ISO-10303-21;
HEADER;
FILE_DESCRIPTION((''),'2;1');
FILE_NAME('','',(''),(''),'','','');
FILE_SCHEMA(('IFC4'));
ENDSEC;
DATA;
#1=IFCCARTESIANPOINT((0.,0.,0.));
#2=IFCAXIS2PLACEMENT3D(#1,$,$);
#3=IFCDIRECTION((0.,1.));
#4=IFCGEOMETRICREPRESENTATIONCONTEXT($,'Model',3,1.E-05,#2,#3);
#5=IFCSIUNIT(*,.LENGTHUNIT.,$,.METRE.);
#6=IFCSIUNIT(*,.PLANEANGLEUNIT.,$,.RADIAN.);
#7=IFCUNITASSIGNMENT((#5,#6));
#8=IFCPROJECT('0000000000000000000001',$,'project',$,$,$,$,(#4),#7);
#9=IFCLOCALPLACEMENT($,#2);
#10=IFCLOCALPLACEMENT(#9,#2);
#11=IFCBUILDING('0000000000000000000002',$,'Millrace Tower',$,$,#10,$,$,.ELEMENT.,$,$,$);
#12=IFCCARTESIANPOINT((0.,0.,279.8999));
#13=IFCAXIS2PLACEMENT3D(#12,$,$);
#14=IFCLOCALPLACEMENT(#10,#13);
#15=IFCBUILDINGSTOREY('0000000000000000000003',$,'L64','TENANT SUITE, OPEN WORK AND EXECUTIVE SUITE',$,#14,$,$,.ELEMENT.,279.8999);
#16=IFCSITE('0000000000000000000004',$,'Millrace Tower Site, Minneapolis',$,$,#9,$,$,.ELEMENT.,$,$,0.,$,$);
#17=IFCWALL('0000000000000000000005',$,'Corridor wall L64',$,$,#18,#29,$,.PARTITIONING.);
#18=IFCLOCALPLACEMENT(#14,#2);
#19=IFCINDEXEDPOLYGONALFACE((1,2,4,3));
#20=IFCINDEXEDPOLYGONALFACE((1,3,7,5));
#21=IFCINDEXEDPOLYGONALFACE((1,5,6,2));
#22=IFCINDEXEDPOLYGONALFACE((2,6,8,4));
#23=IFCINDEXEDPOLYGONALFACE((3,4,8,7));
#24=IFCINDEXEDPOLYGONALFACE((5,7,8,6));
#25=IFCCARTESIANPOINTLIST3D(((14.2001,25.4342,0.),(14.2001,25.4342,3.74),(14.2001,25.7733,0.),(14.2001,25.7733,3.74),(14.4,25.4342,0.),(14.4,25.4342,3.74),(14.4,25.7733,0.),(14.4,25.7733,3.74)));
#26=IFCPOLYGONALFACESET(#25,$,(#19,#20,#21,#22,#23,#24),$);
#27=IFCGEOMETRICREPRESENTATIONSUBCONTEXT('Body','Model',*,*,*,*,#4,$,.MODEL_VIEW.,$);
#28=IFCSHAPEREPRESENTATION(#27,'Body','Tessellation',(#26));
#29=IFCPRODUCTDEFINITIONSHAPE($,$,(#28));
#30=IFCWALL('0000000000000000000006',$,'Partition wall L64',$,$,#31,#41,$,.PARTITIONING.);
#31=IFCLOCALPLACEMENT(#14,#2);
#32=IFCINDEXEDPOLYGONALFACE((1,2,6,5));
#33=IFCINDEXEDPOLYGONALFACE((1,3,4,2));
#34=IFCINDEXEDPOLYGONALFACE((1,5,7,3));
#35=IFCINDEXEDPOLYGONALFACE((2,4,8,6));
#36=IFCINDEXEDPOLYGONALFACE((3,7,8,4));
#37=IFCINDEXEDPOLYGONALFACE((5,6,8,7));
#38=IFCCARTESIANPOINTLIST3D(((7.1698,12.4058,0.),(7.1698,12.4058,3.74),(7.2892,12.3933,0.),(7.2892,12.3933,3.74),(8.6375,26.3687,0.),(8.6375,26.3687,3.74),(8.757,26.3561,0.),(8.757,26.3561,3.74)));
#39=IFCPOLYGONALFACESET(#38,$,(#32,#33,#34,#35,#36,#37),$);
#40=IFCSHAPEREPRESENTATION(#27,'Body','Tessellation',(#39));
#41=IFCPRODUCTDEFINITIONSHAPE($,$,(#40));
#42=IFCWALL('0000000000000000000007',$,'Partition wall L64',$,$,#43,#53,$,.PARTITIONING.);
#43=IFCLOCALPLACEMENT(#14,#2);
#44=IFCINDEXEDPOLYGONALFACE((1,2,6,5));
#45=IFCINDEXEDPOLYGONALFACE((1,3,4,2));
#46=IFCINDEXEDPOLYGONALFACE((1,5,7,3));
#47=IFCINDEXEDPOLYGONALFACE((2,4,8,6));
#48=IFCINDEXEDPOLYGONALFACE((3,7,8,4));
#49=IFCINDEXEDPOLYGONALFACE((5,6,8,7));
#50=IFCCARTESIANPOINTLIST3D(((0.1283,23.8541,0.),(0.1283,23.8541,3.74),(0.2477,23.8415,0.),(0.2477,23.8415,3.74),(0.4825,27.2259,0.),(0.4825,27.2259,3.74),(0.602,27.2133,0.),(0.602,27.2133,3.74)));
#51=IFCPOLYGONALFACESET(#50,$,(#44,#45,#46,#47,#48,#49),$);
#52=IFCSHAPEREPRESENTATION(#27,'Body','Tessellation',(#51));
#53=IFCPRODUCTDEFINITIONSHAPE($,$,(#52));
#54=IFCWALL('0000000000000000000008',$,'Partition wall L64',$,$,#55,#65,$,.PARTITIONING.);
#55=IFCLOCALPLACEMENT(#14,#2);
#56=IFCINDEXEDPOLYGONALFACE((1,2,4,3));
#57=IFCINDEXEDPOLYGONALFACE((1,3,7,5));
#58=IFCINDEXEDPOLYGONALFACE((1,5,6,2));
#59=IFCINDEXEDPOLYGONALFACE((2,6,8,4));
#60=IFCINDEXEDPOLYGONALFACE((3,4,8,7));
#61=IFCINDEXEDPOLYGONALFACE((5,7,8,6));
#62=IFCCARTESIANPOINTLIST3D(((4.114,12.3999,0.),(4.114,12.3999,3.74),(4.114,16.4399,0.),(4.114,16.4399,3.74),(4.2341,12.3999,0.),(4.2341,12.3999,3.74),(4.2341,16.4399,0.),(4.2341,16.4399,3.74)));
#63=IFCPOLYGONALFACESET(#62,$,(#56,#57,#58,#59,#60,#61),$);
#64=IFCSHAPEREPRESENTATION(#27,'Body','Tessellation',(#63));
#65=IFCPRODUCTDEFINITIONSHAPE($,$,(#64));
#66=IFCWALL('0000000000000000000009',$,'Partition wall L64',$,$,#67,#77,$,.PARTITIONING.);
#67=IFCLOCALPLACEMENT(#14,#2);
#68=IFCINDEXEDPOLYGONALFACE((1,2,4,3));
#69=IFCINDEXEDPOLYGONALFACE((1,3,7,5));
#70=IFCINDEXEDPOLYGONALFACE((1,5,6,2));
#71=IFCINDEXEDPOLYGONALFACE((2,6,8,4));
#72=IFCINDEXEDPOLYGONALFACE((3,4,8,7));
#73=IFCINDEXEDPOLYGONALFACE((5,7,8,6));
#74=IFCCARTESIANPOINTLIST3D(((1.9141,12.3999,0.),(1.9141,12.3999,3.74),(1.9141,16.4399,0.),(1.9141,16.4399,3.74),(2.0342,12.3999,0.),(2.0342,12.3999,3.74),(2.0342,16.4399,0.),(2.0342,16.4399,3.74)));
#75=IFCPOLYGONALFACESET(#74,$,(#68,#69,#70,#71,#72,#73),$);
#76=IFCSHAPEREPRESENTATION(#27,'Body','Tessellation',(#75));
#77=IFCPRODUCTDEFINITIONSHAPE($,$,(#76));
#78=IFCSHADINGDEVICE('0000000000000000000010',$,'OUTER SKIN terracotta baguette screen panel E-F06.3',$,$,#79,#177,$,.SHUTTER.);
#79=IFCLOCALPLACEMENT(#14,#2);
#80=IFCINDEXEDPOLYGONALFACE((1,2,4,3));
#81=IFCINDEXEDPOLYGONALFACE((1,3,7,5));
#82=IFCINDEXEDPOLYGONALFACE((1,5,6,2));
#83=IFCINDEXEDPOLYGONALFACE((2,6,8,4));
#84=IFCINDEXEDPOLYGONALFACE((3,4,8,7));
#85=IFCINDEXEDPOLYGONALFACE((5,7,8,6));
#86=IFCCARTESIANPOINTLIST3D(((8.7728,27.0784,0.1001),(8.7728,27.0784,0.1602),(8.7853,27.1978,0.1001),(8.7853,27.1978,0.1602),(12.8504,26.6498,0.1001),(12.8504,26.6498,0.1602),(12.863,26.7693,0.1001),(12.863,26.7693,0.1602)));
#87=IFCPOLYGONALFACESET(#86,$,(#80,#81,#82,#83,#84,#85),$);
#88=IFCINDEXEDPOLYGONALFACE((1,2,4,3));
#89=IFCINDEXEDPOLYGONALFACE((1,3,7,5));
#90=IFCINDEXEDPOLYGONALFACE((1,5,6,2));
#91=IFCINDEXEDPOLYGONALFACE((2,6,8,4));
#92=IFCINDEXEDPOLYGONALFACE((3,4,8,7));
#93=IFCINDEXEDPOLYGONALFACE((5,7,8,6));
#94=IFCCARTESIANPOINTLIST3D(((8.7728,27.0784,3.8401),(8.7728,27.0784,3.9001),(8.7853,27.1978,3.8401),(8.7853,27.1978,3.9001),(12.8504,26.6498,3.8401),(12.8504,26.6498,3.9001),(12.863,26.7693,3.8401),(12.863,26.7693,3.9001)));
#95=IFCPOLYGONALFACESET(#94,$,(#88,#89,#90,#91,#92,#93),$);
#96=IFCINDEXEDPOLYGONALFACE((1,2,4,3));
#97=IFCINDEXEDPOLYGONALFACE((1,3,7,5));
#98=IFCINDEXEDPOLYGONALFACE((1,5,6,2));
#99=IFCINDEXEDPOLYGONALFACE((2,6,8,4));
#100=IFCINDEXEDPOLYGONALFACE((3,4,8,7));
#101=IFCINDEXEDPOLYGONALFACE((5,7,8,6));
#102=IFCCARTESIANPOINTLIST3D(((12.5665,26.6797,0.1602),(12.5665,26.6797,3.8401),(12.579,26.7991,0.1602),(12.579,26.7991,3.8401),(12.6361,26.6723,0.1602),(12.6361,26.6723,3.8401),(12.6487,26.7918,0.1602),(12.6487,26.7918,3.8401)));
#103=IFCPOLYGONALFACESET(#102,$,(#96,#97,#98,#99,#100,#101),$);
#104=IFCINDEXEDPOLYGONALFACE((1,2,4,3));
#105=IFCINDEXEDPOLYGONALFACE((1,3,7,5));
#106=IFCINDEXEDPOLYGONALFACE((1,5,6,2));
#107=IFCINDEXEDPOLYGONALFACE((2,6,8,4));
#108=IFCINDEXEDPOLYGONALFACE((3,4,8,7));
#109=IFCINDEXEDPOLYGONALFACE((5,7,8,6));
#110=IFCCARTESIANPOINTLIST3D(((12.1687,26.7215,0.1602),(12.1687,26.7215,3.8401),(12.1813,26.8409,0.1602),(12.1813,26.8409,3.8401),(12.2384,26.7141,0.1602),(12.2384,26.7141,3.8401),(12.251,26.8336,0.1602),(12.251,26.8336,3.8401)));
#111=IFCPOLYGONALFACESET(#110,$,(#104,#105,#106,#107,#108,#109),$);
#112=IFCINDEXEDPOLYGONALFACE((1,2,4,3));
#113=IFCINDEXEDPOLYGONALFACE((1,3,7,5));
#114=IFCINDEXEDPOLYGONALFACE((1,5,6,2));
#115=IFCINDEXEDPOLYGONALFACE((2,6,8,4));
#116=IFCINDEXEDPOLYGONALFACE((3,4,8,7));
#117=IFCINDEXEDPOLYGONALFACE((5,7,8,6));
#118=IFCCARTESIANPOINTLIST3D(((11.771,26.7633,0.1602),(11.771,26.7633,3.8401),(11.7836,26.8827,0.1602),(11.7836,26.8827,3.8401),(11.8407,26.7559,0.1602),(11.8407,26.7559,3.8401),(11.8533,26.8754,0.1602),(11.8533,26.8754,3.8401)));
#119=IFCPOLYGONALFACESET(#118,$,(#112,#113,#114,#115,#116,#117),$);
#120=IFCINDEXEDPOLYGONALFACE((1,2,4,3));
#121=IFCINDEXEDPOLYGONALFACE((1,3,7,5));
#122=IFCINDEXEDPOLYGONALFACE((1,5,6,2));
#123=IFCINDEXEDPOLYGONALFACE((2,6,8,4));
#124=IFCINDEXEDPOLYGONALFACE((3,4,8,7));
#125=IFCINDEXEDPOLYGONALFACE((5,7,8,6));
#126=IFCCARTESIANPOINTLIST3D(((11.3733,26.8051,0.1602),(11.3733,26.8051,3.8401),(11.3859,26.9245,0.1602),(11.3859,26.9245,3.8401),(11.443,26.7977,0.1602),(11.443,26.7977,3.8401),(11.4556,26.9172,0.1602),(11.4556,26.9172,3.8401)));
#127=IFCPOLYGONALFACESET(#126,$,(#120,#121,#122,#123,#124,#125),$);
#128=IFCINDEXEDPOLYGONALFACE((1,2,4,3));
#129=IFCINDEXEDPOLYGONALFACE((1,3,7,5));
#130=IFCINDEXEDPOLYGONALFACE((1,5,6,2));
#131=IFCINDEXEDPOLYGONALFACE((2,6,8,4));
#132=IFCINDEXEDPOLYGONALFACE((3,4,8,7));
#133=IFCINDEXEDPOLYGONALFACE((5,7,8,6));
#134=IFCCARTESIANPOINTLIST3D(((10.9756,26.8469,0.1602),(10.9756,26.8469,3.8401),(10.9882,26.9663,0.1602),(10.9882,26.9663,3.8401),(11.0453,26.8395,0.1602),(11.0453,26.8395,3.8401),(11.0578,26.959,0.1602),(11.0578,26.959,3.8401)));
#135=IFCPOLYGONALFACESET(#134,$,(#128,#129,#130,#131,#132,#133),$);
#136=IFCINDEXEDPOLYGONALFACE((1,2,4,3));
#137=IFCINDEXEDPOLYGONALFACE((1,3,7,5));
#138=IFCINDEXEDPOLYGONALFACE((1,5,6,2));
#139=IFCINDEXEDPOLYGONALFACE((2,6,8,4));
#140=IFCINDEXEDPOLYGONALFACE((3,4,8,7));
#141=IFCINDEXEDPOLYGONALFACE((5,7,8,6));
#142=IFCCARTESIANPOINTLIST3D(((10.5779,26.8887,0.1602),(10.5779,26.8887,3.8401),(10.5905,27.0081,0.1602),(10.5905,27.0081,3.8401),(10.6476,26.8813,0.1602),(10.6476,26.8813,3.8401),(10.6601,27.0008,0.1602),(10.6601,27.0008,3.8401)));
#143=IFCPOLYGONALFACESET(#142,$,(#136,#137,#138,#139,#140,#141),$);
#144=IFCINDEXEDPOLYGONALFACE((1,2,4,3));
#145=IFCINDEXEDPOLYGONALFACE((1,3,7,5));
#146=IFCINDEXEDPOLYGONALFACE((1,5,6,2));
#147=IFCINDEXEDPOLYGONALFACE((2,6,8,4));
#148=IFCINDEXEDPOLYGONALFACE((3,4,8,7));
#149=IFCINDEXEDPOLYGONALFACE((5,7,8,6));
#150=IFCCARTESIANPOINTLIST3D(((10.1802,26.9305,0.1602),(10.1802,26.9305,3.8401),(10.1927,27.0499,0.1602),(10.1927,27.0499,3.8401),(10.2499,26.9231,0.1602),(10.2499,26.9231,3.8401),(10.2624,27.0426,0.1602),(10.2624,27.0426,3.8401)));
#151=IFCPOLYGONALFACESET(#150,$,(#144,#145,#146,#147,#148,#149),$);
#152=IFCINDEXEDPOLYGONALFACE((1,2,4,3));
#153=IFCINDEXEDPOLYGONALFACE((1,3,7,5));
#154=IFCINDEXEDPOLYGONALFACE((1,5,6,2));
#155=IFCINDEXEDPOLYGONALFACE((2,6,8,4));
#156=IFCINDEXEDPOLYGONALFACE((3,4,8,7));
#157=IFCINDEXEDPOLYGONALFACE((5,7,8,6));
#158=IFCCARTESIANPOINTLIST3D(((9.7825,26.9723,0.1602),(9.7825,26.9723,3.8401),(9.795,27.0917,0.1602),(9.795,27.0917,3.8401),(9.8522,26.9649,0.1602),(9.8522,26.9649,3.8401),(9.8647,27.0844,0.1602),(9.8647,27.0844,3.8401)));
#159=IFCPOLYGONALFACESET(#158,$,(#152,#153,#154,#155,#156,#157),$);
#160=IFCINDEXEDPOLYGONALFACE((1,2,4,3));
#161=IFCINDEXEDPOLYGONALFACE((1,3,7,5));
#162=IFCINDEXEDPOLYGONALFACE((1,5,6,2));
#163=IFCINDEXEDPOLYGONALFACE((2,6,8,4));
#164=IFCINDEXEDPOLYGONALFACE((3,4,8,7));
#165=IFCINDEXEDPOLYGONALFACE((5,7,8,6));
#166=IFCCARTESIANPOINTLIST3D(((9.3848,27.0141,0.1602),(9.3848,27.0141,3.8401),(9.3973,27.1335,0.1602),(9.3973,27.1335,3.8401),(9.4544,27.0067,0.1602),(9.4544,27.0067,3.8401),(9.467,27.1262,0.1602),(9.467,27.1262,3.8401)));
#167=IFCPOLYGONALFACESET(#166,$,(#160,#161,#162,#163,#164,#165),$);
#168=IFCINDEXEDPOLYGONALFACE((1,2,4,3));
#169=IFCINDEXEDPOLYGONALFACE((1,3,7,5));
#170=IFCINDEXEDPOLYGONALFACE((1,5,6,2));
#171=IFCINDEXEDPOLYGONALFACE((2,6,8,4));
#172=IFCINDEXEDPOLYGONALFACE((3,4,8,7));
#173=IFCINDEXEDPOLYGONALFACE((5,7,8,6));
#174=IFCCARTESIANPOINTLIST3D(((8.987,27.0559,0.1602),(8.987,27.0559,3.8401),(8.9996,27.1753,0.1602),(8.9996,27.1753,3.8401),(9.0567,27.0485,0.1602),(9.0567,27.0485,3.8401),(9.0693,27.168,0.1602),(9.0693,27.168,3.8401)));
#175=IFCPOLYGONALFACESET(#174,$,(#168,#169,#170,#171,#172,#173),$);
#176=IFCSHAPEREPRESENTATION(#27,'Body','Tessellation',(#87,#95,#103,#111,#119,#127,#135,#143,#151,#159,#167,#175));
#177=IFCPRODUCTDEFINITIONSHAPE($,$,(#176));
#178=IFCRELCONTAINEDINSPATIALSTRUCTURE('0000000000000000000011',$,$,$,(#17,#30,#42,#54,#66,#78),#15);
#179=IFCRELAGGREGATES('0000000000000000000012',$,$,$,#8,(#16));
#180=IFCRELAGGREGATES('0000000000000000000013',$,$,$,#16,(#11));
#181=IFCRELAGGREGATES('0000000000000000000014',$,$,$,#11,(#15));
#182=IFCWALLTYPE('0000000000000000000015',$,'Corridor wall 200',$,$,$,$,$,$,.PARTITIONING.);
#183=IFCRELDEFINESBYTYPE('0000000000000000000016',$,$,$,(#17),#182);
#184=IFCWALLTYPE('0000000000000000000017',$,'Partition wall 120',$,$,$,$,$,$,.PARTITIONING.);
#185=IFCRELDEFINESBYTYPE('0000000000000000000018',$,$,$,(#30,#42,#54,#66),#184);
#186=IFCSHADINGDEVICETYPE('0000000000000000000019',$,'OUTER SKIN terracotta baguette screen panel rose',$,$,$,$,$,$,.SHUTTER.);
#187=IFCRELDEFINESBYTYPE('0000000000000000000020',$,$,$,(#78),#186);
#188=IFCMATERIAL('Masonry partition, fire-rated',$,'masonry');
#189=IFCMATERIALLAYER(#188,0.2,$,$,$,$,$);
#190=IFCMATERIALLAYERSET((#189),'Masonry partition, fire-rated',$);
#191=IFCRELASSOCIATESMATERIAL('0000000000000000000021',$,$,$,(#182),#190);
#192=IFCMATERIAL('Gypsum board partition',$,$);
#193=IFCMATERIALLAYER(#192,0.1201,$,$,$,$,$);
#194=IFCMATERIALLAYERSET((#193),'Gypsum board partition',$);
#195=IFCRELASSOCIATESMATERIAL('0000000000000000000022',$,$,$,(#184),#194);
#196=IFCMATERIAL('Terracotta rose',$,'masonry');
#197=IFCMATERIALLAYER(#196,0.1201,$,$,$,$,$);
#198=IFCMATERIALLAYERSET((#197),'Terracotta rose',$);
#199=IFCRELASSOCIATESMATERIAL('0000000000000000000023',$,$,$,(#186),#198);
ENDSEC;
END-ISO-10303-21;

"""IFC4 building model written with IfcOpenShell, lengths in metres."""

from ifc_helpers import new_model, entity, si_unit, direction, frame, frame_2d, origin, place, context, subcontext, project, spatial, rectangle, extrude, source, transform, mapped, material, layer, layer_set, type_object, element, save


model = new_model("IFC4")

# Units and contexts
model_context = context("Model", 3, precision=1e-05, world=origin(), true_north=direction((0.0, 1.0)))
body_context = subcontext(model_context, "Body", "Model", "MODEL_VIEW")
ifc_project = project(units=[si_unit("LENGTHUNIT", "METRE"), si_unit("PLANEANGLEUNIT", "RADIAN")], contexts=[model_context])

# Site, building, storey
site_placement = place(None, origin())
site = spatial("IfcSite", under=ifc_project, at=site_placement, Name="Millrace Tower Site, Minneapolis", CompositionType="ELEMENT", RefElevation=0.0)
building_placement = place(site_placement, origin())
building = spatial("IfcBuilding", under=site, at=building_placement, Name="Millrace Tower", CompositionType="ELEMENT")
storey_placement = place(building_placement, frame((0.0, 0.0, 279.8999)))
storey = spatial("IfcBuildingStorey", under=building, at=storey_placement, Name="L64", Description="TENANT SUITE, OPEN WORK AND EXECUTIVE SUITE", CompositionType="ELEMENT", Elevation=279.8999)

# Shared definitions
ifc_material_1 = material(Name="Masonry partition, fire-rated", Category="masonry")
ifc_layer_1 = layer(ifc_material_1, 0.2)
ifc_layer_set_1 = layer_set([ifc_layer_1], Name="Masonry partition, fire-rated")
wall_type_1 = type_object("IfcWallType", Name="Corridor wall 200", PredefinedType="PARTITIONING", material=ifc_layer_set_1)

# Walls
wall_1_placement = place(storey_placement, frame((14.3, 25.4343, 0.0), z_axis=(0.0, 0.0, 1.0), x_axis=(0.0, 1.0, 0.0)))
element("IfcWall", 1, at=wall_1_placement, inside=storey, type_object=wall_type_1, Name="Corridor wall L64", PredefinedType="PARTITIONING", context=body_context, shape_type="SweptSolid", body=[
    extrude(rectangle(XDim=0.3391, YDim=0.2, at=frame_2d((0.1694, 0.0))), origin(), (0.0, 0.0, 1.0), 3.74),
])
ifc_material_2 = material(Name="Gypsum board partition")
ifc_layer_2 = layer(ifc_material_2, 0.1201)
ifc_layer_set_2 = layer_set([ifc_layer_2], Name="Gypsum board partition")
wall_type_2 = type_object("IfcWallType", Name="Partition wall 120", PredefinedType="PARTITIONING", material=ifc_layer_set_2)
wall_2_placement = place(storey_placement, frame((7.2295, 12.3994, 0.0), z_axis=(0.0, 0.0, 1.0), x_axis=(0.104544, 0.99452, 0.0)))
element("IfcWall", 2, at=wall_2_placement, inside=storey, type_object=wall_type_2, Name="Partition wall L64", PredefinedType="PARTITIONING", context=body_context, shape_type="SweptSolid", body=[
    extrude(rectangle(XDim=14.0398, YDim=0.1201, at=frame_2d((7.02, 0.0))), origin(), (0.0, 0.0, 1.0), 3.74),
])
wall_3_placement = place(storey_placement, frame((0.188, 23.8477, 0.0), z_axis=(0.0, 0.0, 1.0), x_axis=(0.104486, 0.994526, 0.0)))
element("IfcWall", 3, at=wall_3_placement, inside=storey, type_object=wall_type_2, Name="Partition wall L64", PredefinedType="PARTITIONING", context=body_context, shape_type="SweptSolid", body=[
    extrude(rectangle(XDim=3.3904, YDim=0.1201, at=frame_2d((1.6953, 0.0))), origin(), (0.0, 0.0, 1.0), 3.74),
])
for number, where, z_axis, x_axis, name in (
    (4, (4.1741, 12.3999, 0.0), (0.0, 0.0, 1.0), (0.0, 1.0, 0.0), "Partition wall L64"),
    (5, (1.9741, 12.3999, 0.0), (0.0, 0.0, 1.0), (0.0, 1.0, 0.0), "Partition wall L64"),
):
    element("IfcWall", number, at=place(storey_placement, frame(where, z_axis=z_axis, x_axis=x_axis)), inside=storey, type_object=wall_type_2, Name=name, PredefinedType="PARTITIONING", context=body_context, shape_type="SweptSolid", body=[
        extrude(rectangle(XDim=4.04, YDim=0.1201, at=frame_2d((2.02, 0.0))), origin(), (0.0, 0.0, 1.0), 3.74),
    ])

# Shading device
ifc_material_3 = material(Name="Terracotta rose", Category="masonry")
ifc_layer_3 = layer(ifc_material_3, 0.1201)
ifc_layer_set_3 = layer_set([ifc_layer_3], Name="Terracotta rose")
shading_device_type = type_object("IfcShadingDeviceType", Name="OUTER SKIN terracotta baguette screen panel rose", PredefinedType="SHUTTER", material=ifc_layer_set_3)
cartesian_point = entity("IfcCartesianPoint", [-2.05, 0.0601])
shared_polyline = entity("IfcPolyline", [cartesian_point, entity("IfcCartesianPoint", [2.05, 0.0601]), entity("IfcCartesianPoint", [2.05, -0.0601]), entity("IfcCartesianPoint", [-2.05, -0.0601]), cartesian_point])
shared_shape = source(origin(), body_context, "Body", "SweptSolid", [
    entity("IfcExtrudedAreaSolid", entity("IfcArbitraryClosedProfileDef", "AREA", None, shared_polyline), entity("IfcAxis2Placement3D", entity("IfcCartesianPoint", [0.0, 0.0, 0.0])), entity("IfcDirection", [0.0, 0.0, 1.0]), 0.0601),
    entity("IfcExtrudedAreaSolid", entity("IfcArbitraryClosedProfileDef", "AREA", None, shared_polyline), entity("IfcAxis2Placement3D", entity("IfcCartesianPoint", [0.0, 0.0, 3.74])), entity("IfcDirection", [0.0, 0.0, 1.0]), 0.0601),
    extrude(rectangle(XDim=0.0701, YDim=0.1201, at=frame_2d((-1.7996, 0.0))), frame((0.0, 0.0, 0.0601)), (0.0, 0.0, 1.0), 3.6799),
    extrude(rectangle(XDim=0.0701, YDim=0.1201, at=frame_2d((-1.3997, 0.0))), frame((0.0, 0.0, 0.0601)), (0.0, 0.0, 1.0), 3.6799),
    extrude(rectangle(XDim=0.0701, YDim=0.1201, at=frame_2d((-0.9998, 0.0))), frame((0.0, 0.0, 0.0601)), (0.0, 0.0, 1.0), 3.6799),
    extrude(rectangle(XDim=0.0701, YDim=0.1201, at=frame_2d((-0.5999, 0.0))), frame((0.0, 0.0, 0.0601)), (0.0, 0.0, 1.0), 3.6799),
    extrude(rectangle(XDim=0.0701, YDim=0.1201, at=frame_2d((-0.2, 0.0))), frame((0.0, 0.0, 0.0601)), (0.0, 0.0, 1.0), 3.6799),
    extrude(rectangle(XDim=0.0701, YDim=0.1201, at=frame_2d((0.2, 0.0))), frame((0.0, 0.0, 0.0601)), (0.0, 0.0, 1.0), 3.6799),
    extrude(rectangle(XDim=0.0701, YDim=0.1201, at=frame_2d((0.5999, 0.0))), frame((0.0, 0.0, 0.0601)), (0.0, 0.0, 1.0), 3.6799),
    extrude(rectangle(XDim=0.0701, YDim=0.1201, at=frame_2d((0.9998, 0.0))), frame((0.0, 0.0, 0.0601)), (0.0, 0.0, 1.0), 3.6799),
    extrude(rectangle(XDim=0.0701, YDim=0.1201, at=frame_2d((1.3997, 0.0))), frame((0.0, 0.0, 0.0601)), (0.0, 0.0, 1.0), 3.6799),
    extrude(rectangle(XDim=0.0701, YDim=0.1201, at=frame_2d((1.7996, 0.0))), frame((0.0, 0.0, 0.0601)), (0.0, 0.0, 1.0), 3.6799),
])
for number, where, z_axis, x_axis, name in (
    (6, (10.8179, 26.9238, 0.1001), (0.0, 0.0, 1.0), (-0.994522, 0.104528, 0.0), "OUTER SKIN terracotta baguette screen panel E-F06.3"),
):
    element("IfcShadingDevice", number, at=place(storey_placement, frame(where, z_axis=z_axis, x_axis=x_axis)), inside=storey, type_object=shading_device_type, Name=name, PredefinedType="SHUTTER", context=body_context, shape_type="MappedRepresentation", body=[
        mapped(shared_shape, transform((0.0, 0.0, 0.0), scale=1.0)),
    ])

save(model, "model.ifc")
